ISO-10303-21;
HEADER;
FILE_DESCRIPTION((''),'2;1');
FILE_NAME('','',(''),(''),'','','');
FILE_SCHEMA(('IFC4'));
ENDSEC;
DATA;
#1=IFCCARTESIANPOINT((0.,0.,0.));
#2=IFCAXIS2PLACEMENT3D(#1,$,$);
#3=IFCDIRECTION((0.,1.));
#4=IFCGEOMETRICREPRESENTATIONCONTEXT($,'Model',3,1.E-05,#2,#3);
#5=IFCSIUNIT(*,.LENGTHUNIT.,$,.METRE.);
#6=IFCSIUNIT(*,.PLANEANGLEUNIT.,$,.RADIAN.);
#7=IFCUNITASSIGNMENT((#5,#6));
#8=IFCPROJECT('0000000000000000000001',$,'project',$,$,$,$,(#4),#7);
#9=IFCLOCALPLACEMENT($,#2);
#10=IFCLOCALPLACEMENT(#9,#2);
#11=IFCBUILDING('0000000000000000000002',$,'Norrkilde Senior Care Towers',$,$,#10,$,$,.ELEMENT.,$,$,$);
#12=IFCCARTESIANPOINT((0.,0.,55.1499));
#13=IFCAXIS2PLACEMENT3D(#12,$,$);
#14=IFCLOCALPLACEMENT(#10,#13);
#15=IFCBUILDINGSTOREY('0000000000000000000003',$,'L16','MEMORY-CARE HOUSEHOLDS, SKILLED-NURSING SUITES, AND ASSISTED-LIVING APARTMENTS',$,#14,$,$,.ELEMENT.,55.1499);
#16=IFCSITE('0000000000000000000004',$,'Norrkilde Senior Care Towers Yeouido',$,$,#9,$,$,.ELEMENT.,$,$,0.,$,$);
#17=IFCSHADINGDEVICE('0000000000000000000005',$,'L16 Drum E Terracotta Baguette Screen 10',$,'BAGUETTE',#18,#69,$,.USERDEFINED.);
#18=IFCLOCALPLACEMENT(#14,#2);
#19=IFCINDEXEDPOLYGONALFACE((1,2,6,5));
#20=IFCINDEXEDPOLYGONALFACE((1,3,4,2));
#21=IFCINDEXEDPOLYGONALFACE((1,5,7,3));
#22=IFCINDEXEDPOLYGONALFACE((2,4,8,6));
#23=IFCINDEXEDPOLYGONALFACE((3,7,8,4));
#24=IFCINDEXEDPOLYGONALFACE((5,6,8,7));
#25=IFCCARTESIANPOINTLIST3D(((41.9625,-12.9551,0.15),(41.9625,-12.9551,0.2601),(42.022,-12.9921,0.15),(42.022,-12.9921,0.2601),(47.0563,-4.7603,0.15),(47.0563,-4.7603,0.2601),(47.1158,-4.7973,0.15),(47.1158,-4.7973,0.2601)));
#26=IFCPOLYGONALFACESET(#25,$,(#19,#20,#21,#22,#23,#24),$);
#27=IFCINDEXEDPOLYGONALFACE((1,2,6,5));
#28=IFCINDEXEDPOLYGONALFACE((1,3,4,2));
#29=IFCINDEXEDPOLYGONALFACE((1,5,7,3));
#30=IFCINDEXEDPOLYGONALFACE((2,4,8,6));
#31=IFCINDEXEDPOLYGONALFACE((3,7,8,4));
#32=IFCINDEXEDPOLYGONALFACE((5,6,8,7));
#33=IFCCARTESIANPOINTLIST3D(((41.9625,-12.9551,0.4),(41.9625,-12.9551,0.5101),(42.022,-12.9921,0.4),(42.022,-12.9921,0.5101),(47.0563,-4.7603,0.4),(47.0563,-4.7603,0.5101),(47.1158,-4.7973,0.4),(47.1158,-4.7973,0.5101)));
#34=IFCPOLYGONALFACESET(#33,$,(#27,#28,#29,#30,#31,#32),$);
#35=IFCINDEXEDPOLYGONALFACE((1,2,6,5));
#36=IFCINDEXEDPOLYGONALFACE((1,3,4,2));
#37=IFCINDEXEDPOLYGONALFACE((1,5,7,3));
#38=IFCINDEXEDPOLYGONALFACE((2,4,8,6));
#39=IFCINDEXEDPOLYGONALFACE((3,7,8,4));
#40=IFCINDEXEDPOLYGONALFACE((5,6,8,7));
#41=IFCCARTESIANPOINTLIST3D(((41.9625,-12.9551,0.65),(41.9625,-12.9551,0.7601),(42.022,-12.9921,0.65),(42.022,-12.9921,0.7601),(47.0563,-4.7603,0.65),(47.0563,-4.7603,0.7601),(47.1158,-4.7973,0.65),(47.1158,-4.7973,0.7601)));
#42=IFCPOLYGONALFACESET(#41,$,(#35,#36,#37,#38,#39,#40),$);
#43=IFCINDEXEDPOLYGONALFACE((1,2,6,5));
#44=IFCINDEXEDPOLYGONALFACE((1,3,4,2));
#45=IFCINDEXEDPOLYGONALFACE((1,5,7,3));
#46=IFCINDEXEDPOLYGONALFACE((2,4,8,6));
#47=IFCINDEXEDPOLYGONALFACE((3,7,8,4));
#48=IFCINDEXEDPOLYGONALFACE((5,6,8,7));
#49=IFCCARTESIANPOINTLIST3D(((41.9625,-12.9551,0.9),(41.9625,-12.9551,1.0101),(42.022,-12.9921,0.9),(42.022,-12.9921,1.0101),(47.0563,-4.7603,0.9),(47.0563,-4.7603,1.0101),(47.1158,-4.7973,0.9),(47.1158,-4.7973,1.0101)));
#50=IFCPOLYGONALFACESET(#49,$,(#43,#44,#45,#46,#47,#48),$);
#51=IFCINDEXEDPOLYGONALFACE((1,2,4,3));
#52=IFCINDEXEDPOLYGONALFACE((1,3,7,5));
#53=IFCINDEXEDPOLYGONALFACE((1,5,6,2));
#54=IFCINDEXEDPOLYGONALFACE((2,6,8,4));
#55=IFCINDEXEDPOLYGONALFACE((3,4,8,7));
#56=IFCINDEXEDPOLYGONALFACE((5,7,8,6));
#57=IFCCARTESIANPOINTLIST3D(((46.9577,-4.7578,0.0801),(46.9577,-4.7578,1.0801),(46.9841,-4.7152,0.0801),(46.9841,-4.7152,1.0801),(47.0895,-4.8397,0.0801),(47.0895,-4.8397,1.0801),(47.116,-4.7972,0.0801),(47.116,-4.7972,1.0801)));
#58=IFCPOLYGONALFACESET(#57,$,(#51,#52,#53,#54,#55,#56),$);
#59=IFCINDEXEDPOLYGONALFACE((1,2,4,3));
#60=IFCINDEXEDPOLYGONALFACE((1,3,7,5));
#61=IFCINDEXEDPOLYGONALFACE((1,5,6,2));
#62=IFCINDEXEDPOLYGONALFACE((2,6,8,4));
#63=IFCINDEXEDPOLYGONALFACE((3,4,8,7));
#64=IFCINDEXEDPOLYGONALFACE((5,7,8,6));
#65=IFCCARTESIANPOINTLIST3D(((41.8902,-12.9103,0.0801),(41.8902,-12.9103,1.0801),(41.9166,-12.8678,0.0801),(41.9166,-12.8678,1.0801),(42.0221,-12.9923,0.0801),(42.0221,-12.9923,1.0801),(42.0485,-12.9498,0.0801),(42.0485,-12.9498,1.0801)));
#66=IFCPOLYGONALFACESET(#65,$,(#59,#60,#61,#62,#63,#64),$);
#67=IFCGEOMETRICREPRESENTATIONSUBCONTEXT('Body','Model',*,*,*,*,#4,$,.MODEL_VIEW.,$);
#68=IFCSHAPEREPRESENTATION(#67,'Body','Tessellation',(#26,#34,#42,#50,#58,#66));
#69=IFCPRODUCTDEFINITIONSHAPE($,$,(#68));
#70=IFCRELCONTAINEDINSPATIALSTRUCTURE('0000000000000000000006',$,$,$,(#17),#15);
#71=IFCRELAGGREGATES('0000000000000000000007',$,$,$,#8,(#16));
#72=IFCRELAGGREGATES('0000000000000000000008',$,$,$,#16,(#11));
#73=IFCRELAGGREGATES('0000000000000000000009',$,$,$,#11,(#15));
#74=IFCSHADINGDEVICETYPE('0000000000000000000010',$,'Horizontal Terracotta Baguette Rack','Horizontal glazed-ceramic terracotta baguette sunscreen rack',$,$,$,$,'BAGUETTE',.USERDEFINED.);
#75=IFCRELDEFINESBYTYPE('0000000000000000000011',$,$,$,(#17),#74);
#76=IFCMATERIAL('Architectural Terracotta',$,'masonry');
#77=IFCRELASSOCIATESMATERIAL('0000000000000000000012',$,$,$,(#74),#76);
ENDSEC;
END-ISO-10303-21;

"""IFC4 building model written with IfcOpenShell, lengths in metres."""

from ifc_helpers import new_model, si_unit, direction, frame, origin, origin_2d, place, context, subcontext, project, spatial, rectangle, extrude, source, transform, mapped, material, type_object, type_shapes, element, save


model = new_model("IFC4")

# Units and contexts
model_context = context("Model", 3, precision=1e-05, world=origin(), true_north=direction((0.0, 1.0)))
body_context = subcontext(model_context, "Body", "Model", "MODEL_VIEW")
ifc_project = project(units=[si_unit("LENGTHUNIT", "METRE"), si_unit("PLANEANGLEUNIT", "RADIAN")], contexts=[model_context])

# Site, building, storey
site_placement = place(None, origin())
site = spatial("IfcSite", under=ifc_project, at=site_placement, Name="Norrkilde Senior Care Towers Yeouido", CompositionType="ELEMENT", RefElevation=0.0)
building_placement = place(site_placement, origin())
building = spatial("IfcBuilding", under=site, at=building_placement, Name="Norrkilde Senior Care Towers", CompositionType="ELEMENT")
storey_placement = place(building_placement, frame((0.0, 0.0, 55.1499)))
storey = spatial("IfcBuildingStorey", under=building, at=storey_placement, Name="L16", Description="MEMORY-CARE HOUSEHOLDS, SKILLED-NURSING SUITES, AND ASSISTED-LIVING APARTMENTS", CompositionType="ELEMENT", Elevation=55.1499)

# Shading device
ifc_material_1 = material(Name="Architectural Terracotta", Category="masonry")
shading_device_type = type_object("IfcShadingDeviceType", Name="Horizontal Terracotta Baguette Rack", Description="Horizontal glazed-ceramic terracotta baguette sunscreen rack", ElementType="BAGUETTE", PredefinedType="USERDEFINED", material=ifc_material_1)
shared_shape_1 = source(origin(), body_context, "Body", "SweptSolid", [
    extrude(rectangle(XDim=0.0701, YDim=0.1101, at=origin_2d()), frame((0.0, 0.0901, 0.125), z_axis=(1.0, 0.0, 0.0), x_axis=(0.0, 1.0, 0.0)), (0.0, 0.0, 1.0), 9.6489),
    extrude(rectangle(XDim=0.0701, YDim=0.1101, at=origin_2d()), frame((0.0, 0.0901, 0.375), z_axis=(1.0, 0.0, 0.0), x_axis=(0.0, 1.0, 0.0)), (0.0, 0.0, 1.0), 9.6489),
    extrude(rectangle(XDim=0.0701, YDim=0.1101, at=origin_2d()), frame((0.0, 0.0901, 0.625), z_axis=(1.0, 0.0, 0.0), x_axis=(0.0, 1.0, 0.0)), (0.0, 0.0, 1.0), 9.6489),
    extrude(rectangle(XDim=0.0701, YDim=0.1101, at=origin_2d()), frame((0.0, 0.0901, 0.875), z_axis=(1.0, 0.0, 0.0), x_axis=(0.0, 1.0, 0.0)), (0.0, 0.0, 1.0), 9.6489),
    extrude(rectangle(XDim=0.05, YDim=0.1553, at=origin_2d()), frame((0.0249, 0.0476, 0.0)), (0.0, 0.0, 1.0), 1.0),
    extrude(rectangle(XDim=0.05, YDim=0.1553, at=origin_2d()), frame((9.624, 0.0476, 0.0)), (0.0, 0.0, 1.0), 1.0),
])
type_shapes(shading_device_type, [shared_shape_1])
shading_device_placement = place(storey_placement, frame((47.0095, -4.7312, 0.0801), z_axis=(0.0, 0.0, 1.0), x_axis=(-0.527909, -0.849299, 0.0)))
element("IfcShadingDevice", 1, at=shading_device_placement, inside=storey, type_object=shading_device_type, Name="L16 Drum E Terracotta Baguette Screen 10", ObjectType="BAGUETTE", PredefinedType="USERDEFINED", context=body_context, shape_type="MappedRepresentation", body=[
    mapped(shared_shape_1, transform((0.0, 0.0, 0.0), x_axis=(1.0, 0.0, 0.0), y_axis=(0.0, 1.0, 0.0), z_axis=(0.0, 0.0, 1.0), scale=1.0)),
])

save(model, "model.ifc")
